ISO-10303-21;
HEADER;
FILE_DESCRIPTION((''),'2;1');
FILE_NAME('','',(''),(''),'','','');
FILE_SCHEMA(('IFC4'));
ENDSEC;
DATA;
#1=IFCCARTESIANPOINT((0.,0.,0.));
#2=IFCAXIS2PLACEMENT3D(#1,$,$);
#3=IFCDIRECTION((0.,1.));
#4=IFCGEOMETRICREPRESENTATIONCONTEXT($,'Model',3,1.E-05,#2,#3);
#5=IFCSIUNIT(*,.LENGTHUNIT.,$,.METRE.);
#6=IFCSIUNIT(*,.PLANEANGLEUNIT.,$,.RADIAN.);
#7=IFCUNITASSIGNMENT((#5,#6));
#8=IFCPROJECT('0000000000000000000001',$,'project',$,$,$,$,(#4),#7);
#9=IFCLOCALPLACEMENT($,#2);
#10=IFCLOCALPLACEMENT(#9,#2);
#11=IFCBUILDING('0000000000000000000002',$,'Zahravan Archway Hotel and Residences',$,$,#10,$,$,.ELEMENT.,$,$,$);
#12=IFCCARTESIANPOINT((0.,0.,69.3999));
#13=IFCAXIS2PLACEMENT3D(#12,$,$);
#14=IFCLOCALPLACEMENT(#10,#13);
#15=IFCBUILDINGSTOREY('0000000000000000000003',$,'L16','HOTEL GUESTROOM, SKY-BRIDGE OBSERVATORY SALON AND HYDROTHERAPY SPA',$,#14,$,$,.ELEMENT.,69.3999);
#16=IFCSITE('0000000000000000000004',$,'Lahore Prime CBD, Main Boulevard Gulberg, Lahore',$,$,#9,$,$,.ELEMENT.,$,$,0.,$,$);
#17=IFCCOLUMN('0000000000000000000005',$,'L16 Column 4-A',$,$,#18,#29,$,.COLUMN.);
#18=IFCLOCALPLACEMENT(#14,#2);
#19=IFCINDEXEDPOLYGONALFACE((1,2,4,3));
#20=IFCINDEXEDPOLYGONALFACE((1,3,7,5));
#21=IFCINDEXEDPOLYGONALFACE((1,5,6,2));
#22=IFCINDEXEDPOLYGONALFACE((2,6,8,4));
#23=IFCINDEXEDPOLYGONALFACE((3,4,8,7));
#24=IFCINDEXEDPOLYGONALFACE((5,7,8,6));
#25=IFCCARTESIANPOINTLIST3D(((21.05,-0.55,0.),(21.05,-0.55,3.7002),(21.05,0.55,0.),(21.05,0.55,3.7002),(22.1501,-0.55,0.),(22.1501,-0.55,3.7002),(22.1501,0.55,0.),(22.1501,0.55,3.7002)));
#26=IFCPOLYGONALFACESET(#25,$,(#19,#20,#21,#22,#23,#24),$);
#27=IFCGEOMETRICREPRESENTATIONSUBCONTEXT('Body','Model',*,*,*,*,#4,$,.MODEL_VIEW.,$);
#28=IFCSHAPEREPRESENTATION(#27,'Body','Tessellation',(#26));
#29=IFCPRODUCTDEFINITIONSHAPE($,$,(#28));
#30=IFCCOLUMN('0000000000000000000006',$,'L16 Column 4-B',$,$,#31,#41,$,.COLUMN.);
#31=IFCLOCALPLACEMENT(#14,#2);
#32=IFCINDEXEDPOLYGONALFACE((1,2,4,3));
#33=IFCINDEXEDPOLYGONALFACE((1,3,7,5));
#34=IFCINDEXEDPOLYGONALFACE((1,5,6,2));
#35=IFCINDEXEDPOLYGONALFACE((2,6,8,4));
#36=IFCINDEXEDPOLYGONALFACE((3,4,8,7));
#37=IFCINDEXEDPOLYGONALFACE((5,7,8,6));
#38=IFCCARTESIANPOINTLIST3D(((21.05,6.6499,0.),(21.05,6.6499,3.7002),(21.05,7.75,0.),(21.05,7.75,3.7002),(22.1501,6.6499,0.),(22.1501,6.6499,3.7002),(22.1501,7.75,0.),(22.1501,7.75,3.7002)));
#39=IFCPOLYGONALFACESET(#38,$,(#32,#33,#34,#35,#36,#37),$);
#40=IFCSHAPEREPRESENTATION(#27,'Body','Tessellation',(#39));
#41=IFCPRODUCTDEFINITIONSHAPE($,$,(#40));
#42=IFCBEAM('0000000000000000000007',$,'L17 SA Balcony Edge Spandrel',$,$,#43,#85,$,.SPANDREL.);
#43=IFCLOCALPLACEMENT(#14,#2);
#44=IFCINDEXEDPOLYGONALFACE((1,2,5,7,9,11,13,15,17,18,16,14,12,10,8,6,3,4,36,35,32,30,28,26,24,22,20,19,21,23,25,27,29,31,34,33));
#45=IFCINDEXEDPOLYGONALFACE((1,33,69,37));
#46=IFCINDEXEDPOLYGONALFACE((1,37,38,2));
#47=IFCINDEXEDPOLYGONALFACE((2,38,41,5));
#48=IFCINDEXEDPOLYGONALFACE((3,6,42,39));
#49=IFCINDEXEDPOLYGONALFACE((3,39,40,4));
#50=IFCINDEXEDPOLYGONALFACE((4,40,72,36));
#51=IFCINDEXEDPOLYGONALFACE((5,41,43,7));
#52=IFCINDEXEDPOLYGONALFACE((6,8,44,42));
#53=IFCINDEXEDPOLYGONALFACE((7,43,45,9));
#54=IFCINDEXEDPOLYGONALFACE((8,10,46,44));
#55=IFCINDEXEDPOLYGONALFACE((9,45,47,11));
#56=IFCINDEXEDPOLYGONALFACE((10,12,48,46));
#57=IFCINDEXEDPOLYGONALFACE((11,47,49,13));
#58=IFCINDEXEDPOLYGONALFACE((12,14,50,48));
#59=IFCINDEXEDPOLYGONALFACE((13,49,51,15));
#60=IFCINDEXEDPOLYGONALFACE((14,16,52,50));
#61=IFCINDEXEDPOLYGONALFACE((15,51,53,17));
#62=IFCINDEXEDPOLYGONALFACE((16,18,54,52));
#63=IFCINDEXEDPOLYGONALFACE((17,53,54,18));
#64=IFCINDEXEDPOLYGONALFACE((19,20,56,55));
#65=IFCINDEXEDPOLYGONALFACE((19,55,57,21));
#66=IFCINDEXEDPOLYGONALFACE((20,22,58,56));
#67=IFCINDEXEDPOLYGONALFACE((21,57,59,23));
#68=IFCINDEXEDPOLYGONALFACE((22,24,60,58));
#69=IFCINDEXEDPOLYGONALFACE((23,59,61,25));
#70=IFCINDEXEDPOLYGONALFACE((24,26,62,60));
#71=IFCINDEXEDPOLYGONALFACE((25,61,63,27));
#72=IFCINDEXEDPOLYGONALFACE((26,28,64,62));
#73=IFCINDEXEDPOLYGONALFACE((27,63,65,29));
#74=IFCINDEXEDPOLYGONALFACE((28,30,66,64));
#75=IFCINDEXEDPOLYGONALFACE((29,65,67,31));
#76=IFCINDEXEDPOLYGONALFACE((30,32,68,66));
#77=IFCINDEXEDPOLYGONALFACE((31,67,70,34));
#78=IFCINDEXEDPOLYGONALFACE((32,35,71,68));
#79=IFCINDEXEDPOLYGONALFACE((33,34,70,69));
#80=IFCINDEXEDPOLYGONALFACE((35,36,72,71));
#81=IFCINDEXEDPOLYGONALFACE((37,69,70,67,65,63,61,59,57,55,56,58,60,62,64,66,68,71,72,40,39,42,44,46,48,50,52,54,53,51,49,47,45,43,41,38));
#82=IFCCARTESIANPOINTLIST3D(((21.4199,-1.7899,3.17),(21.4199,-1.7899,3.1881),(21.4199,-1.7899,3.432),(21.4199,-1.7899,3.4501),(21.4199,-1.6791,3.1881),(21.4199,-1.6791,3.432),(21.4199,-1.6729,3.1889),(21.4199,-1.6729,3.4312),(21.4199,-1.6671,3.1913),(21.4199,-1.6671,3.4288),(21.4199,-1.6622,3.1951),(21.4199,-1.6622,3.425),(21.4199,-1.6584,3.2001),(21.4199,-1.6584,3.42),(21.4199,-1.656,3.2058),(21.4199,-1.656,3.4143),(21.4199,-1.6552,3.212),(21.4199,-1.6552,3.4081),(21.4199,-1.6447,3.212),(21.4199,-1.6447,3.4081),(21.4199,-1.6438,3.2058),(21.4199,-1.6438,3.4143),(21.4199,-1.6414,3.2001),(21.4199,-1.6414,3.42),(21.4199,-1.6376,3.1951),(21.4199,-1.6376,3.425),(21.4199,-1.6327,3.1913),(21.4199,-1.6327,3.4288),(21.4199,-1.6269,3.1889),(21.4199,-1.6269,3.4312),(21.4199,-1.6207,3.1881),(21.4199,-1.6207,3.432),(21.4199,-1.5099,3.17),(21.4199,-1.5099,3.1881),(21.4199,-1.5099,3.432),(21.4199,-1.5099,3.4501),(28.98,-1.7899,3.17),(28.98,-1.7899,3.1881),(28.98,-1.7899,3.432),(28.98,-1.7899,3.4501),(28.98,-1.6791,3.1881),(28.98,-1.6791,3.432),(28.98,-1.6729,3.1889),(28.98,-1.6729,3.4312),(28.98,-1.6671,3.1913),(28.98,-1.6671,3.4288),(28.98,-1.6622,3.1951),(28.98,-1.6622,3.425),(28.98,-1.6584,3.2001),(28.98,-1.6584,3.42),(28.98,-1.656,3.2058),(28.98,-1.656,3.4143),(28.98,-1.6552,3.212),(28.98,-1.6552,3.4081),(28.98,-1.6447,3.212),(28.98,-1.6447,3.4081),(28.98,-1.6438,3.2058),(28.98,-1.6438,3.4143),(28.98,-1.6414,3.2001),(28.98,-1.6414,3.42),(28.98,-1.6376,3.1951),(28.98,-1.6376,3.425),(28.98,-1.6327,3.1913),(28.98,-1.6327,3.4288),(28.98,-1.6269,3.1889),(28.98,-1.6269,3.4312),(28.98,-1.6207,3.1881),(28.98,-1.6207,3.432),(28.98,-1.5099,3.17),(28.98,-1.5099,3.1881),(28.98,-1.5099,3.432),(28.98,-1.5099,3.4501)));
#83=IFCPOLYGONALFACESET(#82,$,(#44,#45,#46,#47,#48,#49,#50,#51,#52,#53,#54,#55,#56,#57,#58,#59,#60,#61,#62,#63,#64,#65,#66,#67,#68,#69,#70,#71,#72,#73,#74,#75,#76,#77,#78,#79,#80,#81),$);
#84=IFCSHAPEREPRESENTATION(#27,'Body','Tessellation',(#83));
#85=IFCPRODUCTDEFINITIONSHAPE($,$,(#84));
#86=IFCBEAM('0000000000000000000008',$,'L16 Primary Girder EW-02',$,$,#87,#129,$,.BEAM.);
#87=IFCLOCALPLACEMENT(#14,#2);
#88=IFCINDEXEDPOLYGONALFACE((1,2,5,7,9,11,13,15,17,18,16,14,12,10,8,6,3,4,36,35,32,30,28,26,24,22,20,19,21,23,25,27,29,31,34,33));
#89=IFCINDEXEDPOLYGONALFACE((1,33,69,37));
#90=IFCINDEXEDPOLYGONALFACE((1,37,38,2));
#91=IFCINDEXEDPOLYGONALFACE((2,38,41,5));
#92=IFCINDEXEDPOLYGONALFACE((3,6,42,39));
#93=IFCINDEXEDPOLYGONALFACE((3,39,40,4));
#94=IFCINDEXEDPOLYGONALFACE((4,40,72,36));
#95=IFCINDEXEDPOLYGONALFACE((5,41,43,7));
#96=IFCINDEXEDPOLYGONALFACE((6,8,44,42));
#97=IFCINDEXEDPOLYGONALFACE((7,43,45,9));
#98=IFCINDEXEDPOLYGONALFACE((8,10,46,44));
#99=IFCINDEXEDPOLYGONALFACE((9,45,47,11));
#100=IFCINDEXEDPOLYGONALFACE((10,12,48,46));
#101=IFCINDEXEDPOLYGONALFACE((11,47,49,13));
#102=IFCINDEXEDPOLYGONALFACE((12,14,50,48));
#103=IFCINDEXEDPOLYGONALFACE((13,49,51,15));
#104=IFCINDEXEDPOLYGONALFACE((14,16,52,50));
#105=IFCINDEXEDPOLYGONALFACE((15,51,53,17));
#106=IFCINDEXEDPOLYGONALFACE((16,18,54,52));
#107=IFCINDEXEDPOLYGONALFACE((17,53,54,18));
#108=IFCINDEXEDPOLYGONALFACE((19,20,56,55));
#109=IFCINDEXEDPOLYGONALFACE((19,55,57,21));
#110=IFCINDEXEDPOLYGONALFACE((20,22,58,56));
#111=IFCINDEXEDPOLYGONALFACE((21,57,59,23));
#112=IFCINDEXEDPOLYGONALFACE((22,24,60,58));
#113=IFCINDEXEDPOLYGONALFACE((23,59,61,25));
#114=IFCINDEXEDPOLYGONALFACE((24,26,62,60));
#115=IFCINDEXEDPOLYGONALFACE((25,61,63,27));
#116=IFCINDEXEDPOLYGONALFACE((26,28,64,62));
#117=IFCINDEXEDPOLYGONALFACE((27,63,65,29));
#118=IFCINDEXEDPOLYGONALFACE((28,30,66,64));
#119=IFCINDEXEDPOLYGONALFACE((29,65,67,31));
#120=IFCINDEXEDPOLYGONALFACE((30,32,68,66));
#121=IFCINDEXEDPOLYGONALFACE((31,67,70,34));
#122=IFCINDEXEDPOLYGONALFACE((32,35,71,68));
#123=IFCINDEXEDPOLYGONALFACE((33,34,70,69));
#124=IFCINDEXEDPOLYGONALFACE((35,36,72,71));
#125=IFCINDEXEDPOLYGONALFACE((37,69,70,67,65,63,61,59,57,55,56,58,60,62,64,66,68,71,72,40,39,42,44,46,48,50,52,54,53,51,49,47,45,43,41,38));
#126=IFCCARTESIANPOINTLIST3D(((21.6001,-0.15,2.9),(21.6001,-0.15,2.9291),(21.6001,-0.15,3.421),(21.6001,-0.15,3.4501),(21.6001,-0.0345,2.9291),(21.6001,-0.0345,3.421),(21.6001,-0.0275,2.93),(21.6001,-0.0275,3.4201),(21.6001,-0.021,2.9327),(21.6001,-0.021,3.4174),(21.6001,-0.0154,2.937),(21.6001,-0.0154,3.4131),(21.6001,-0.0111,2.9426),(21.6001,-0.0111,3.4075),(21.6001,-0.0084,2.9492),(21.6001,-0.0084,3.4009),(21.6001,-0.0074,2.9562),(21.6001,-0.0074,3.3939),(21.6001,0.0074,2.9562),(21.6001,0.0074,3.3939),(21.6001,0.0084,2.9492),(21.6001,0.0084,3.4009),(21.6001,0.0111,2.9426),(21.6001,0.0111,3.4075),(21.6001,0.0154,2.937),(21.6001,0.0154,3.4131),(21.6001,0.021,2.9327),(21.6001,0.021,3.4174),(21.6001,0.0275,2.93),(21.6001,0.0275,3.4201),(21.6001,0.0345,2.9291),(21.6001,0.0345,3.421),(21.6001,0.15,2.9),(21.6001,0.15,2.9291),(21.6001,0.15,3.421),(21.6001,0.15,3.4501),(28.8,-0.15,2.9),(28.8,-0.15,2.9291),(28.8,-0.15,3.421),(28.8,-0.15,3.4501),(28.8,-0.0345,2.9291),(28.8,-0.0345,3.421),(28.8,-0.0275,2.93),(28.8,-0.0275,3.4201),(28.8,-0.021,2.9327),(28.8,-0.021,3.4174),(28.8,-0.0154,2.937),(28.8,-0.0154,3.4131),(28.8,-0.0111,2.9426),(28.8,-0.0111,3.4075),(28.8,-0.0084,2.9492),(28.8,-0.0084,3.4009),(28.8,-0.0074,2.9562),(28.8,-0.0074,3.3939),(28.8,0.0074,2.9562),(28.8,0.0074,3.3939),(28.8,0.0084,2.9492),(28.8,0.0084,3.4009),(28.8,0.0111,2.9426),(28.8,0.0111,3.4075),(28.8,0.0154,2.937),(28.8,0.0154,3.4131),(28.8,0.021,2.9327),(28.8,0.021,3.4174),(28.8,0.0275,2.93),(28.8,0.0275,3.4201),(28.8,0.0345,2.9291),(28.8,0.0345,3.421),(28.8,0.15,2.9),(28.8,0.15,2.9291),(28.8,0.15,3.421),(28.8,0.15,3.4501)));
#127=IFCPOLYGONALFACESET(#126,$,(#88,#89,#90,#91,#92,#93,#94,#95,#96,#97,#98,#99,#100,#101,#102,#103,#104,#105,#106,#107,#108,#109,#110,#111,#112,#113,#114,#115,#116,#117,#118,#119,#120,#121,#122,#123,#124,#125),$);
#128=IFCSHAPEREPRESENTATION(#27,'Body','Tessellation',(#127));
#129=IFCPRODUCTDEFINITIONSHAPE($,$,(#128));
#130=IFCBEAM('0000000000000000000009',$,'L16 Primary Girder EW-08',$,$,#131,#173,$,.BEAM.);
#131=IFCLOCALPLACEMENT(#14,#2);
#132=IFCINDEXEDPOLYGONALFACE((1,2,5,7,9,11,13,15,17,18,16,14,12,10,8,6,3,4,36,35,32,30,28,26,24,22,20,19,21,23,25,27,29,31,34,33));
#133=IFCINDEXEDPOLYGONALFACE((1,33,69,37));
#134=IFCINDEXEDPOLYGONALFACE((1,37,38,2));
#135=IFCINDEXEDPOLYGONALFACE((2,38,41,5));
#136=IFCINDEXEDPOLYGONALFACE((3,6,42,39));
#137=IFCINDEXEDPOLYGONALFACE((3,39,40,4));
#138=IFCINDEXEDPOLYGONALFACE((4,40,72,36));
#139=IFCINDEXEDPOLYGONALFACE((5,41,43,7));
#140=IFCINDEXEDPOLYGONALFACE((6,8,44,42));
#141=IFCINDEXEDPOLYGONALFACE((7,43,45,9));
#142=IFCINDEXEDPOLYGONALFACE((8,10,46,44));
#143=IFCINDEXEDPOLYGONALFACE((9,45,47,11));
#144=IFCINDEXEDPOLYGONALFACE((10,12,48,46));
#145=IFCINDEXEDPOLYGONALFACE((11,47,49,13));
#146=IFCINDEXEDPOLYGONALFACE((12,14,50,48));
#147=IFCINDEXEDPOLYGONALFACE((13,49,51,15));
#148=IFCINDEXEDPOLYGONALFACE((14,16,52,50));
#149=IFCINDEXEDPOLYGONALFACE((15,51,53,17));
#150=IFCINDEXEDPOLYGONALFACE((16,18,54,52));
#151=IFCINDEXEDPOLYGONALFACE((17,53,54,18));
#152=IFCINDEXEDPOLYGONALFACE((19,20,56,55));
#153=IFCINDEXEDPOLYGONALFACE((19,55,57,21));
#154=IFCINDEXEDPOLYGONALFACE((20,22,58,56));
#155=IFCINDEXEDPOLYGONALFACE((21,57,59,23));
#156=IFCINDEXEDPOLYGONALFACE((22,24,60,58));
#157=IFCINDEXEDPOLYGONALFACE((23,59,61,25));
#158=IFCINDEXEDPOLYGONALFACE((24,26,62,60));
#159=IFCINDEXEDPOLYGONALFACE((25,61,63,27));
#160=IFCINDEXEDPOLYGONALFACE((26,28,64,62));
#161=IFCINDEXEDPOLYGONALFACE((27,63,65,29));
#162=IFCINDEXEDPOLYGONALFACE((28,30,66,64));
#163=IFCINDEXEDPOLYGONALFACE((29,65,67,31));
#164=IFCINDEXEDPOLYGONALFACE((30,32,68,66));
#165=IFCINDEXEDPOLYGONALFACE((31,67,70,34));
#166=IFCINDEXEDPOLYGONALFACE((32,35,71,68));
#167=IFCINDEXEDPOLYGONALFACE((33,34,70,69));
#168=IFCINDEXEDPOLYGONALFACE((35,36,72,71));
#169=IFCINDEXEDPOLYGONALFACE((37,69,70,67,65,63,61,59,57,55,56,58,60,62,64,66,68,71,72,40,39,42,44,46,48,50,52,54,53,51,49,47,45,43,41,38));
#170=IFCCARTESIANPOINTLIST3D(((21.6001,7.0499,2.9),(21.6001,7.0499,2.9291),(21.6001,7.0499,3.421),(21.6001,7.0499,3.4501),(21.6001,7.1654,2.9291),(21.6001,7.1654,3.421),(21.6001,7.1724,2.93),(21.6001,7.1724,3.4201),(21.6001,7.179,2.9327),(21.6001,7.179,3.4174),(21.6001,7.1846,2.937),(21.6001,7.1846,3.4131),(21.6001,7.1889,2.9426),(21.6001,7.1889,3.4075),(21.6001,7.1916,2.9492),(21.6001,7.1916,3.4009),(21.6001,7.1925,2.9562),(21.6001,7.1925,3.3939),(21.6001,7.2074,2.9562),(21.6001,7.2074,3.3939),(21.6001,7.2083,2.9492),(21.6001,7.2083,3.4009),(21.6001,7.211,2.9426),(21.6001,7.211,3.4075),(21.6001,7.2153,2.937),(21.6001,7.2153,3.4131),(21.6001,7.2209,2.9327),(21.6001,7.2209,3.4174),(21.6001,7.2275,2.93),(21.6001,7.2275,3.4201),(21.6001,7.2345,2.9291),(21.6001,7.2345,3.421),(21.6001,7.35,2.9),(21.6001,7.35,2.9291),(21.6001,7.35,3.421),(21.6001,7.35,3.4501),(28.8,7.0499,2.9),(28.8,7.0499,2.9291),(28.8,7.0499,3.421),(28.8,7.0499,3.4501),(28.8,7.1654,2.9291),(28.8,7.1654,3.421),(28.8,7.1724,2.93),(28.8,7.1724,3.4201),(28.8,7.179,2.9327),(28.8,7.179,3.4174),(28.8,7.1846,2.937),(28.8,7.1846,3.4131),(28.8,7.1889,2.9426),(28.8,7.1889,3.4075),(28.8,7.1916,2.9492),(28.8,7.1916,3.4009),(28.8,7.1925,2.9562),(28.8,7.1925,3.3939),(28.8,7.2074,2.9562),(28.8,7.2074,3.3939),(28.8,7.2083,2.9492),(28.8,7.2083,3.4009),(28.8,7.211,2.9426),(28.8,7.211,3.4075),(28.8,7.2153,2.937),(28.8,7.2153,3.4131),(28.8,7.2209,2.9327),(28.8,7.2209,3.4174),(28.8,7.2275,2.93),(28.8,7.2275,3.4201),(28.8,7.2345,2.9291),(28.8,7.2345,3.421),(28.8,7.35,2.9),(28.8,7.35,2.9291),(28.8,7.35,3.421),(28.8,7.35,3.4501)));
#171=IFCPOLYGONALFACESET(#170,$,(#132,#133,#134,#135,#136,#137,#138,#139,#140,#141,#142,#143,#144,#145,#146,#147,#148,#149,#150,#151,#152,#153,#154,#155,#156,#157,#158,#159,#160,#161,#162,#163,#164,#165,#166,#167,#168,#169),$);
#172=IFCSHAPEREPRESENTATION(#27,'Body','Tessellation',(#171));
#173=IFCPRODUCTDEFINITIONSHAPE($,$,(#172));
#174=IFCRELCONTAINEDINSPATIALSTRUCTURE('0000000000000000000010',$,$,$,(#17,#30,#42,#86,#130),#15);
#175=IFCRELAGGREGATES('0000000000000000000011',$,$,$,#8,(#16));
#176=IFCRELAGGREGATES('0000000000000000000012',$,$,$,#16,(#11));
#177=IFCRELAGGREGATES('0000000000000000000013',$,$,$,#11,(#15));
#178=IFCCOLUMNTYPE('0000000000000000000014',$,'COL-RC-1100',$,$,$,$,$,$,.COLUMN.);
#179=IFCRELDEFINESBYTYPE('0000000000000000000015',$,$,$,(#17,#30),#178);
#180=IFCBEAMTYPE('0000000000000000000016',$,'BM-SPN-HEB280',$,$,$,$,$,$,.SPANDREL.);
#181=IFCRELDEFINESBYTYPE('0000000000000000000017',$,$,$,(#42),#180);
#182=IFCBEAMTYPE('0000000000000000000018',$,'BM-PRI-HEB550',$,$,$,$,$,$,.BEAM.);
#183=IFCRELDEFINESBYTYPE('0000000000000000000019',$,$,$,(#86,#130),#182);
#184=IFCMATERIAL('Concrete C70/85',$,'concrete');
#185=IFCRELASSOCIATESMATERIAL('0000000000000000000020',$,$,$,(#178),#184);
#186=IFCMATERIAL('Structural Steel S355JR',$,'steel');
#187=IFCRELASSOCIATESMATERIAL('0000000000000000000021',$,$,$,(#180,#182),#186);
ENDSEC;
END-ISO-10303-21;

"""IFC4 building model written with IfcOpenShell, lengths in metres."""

from ifc_helpers import new_model, si_unit, direction, frame, origin, origin_2d, place, context, subcontext, project, spatial, rectangle, i_section, extrude, source, transform, mapped, material, material_profile, profile_set, type_object, type_shapes, element, save


model = new_model("IFC4")

# Units and contexts
model_context = context("Model", 3, precision=1e-05, world=origin(), true_north=direction((0.0, 1.0)))
body_context = subcontext(model_context, "Body", "Model", "MODEL_VIEW")
ifc_project = project(units=[si_unit("LENGTHUNIT", "METRE"), si_unit("PLANEANGLEUNIT", "RADIAN")], contexts=[model_context])

# Site, building, storey
site_placement = place(None, origin())
site = spatial("IfcSite", under=ifc_project, at=site_placement, Name="Lahore Prime CBD, Main Boulevard Gulberg, Lahore", CompositionType="ELEMENT", RefElevation=0.0)
building_placement = place(site_placement, origin())
building = spatial("IfcBuilding", under=site, at=building_placement, Name="Zahravan Archway Hotel and Residences", CompositionType="ELEMENT")
storey_placement = place(building_placement, frame((0.0, 0.0, 69.3999)))
storey = spatial("IfcBuildingStorey", under=building, at=storey_placement, Name="L16", Description="HOTEL GUESTROOM, SKY-BRIDGE OBSERVATORY SALON AND HYDROTHERAPY SPA", CompositionType="ELEMENT", Elevation=69.3999)

# Columns
ifc_material_1 = material(Name="Concrete C70/85", Category="concrete")
ifc_material_profile_1 = material_profile(ifc_material_1, rectangle(XDim=1.1001, YDim=1.1001, at=origin_2d()), Name="RC 1100x1100", Category="concrete")
ifc_profile_set_1 = profile_set([ifc_material_profile_1], Name="Concrete C70/85")
column_type = type_object("IfcColumnType", Name="COL-RC-1100", PredefinedType="COLUMN", material=ifc_profile_set_1)
shared_shape_1 = source(origin(), body_context, "Body", "SweptSolid", [
    extrude(rectangle(XDim=1.1001, YDim=1.1001, at=origin_2d()), origin(), (0.0, 0.0, 1.0), 3.7002),
])
for number, where, z_axis, x_axis, name in (
    (1, (21.6001, 0.0, 0.0), (0.0, 0.0, 1.0), (1.0, 0.0, 0.0), "L16 Column 4-A"),
    (2, (21.6001, 7.2, 0.0), (0.0, 0.0, 1.0), (1.0, 0.0, 0.0), "L16 Column 4-B"),
):
    element("IfcColumn", number, at=place(storey_placement, frame(where, z_axis=z_axis, x_axis=x_axis)), inside=storey, type_object=column_type, Name=name, PredefinedType="COLUMN", context=body_context, shape_type="MappedRepresentation", body=[
        mapped(shared_shape_1, transform((0.0, 0.0, 0.0), scale=1.0)),
    ])

# Beams
ifc_material_2 = material(Name="Structural Steel S355JR", Category="steel")
ifc_material_profile_2 = material_profile(ifc_material_2, i_section(OverallWidth=0.28, OverallDepth=0.28, WebThickness=0.0105, FlangeThickness=0.0181, FilletRadius=0.0239, at=origin_2d()), Name="HEB 280", Category="steel")
ifc_profile_set_2 = profile_set([ifc_material_profile_2], Name="Structural Steel S355JR")
beam_type_1 = type_object("IfcBeamType", Name="BM-SPN-HEB280", PredefinedType="SPANDREL", material=ifc_profile_set_2)
shared_shape_2 = source(origin(), body_context, "Body", "SweptSolid", [
    extrude(i_section(OverallWidth=0.28, OverallDepth=0.28, WebThickness=0.0105, FlangeThickness=0.0181, FilletRadius=0.0239, at=origin_2d()), origin(), (0.0, 0.0, 1.0), 7.5601),
])
type_shapes(beam_type_1, [shared_shape_2])
beam_1_placement = place(storey_placement, frame((21.4199, -1.6499, 3.3101), z_axis=(1.0, 0.0, 0.0), x_axis=(0.0, 1.0, 0.0)))
element("IfcBeam", 3, at=beam_1_placement, inside=storey, type_object=beam_type_1, Name="L17 SA Balcony Edge Spandrel", PredefinedType="SPANDREL", context=body_context, shape_type="MappedRepresentation", body=[
    mapped(shared_shape_2, transform((0.0, 0.0, 0.0), scale=1.0)),
])
ifc_material_profile_3 = material_profile(ifc_material_2, i_section(OverallWidth=0.3, OverallDepth=0.55, WebThickness=0.0149, FlangeThickness=0.0291, FilletRadius=0.0271, at=origin_2d()), Name="HEB 550", Category="steel")
ifc_profile_set_3 = profile_set([ifc_material_profile_3], Name="Structural Steel S355JR")
beam_type_2 = type_object("IfcBeamType", Name="BM-PRI-HEB550", PredefinedType="BEAM", material=ifc_profile_set_3)
shared_shape_3 = source(origin(), body_context, "Body", "SweptSolid", [
    extrude(i_section(OverallWidth=0.3, OverallDepth=0.55, WebThickness=0.0149, FlangeThickness=0.0291, FilletRadius=0.0271, at=origin_2d()), origin(), (0.0, 0.0, 1.0), 7.2),
])
for number, where, z_axis, x_axis, name in (
    (4, (21.6001, 0.0, 3.175), (1.0, 0.0, 0.0), (0.0, 1.0, 0.0), "L16 Primary Girder EW-02"),
    (5, (21.6001, 7.2, 3.175), (1.0, 0.0, 0.0), (0.0, 1.0, 0.0), "L16 Primary Girder EW-08"),
):
    element("IfcBeam", number, at=place(storey_placement, frame(where, z_axis=z_axis, x_axis=x_axis)), inside=storey, type_object=beam_type_2, Name=name, PredefinedType="BEAM", context=body_context, shape_type="MappedRepresentation", body=[
        mapped(shared_shape_3, transform((0.0, 0.0, 0.0), scale=1.0)),
    ])

save(model, "model.ifc")
